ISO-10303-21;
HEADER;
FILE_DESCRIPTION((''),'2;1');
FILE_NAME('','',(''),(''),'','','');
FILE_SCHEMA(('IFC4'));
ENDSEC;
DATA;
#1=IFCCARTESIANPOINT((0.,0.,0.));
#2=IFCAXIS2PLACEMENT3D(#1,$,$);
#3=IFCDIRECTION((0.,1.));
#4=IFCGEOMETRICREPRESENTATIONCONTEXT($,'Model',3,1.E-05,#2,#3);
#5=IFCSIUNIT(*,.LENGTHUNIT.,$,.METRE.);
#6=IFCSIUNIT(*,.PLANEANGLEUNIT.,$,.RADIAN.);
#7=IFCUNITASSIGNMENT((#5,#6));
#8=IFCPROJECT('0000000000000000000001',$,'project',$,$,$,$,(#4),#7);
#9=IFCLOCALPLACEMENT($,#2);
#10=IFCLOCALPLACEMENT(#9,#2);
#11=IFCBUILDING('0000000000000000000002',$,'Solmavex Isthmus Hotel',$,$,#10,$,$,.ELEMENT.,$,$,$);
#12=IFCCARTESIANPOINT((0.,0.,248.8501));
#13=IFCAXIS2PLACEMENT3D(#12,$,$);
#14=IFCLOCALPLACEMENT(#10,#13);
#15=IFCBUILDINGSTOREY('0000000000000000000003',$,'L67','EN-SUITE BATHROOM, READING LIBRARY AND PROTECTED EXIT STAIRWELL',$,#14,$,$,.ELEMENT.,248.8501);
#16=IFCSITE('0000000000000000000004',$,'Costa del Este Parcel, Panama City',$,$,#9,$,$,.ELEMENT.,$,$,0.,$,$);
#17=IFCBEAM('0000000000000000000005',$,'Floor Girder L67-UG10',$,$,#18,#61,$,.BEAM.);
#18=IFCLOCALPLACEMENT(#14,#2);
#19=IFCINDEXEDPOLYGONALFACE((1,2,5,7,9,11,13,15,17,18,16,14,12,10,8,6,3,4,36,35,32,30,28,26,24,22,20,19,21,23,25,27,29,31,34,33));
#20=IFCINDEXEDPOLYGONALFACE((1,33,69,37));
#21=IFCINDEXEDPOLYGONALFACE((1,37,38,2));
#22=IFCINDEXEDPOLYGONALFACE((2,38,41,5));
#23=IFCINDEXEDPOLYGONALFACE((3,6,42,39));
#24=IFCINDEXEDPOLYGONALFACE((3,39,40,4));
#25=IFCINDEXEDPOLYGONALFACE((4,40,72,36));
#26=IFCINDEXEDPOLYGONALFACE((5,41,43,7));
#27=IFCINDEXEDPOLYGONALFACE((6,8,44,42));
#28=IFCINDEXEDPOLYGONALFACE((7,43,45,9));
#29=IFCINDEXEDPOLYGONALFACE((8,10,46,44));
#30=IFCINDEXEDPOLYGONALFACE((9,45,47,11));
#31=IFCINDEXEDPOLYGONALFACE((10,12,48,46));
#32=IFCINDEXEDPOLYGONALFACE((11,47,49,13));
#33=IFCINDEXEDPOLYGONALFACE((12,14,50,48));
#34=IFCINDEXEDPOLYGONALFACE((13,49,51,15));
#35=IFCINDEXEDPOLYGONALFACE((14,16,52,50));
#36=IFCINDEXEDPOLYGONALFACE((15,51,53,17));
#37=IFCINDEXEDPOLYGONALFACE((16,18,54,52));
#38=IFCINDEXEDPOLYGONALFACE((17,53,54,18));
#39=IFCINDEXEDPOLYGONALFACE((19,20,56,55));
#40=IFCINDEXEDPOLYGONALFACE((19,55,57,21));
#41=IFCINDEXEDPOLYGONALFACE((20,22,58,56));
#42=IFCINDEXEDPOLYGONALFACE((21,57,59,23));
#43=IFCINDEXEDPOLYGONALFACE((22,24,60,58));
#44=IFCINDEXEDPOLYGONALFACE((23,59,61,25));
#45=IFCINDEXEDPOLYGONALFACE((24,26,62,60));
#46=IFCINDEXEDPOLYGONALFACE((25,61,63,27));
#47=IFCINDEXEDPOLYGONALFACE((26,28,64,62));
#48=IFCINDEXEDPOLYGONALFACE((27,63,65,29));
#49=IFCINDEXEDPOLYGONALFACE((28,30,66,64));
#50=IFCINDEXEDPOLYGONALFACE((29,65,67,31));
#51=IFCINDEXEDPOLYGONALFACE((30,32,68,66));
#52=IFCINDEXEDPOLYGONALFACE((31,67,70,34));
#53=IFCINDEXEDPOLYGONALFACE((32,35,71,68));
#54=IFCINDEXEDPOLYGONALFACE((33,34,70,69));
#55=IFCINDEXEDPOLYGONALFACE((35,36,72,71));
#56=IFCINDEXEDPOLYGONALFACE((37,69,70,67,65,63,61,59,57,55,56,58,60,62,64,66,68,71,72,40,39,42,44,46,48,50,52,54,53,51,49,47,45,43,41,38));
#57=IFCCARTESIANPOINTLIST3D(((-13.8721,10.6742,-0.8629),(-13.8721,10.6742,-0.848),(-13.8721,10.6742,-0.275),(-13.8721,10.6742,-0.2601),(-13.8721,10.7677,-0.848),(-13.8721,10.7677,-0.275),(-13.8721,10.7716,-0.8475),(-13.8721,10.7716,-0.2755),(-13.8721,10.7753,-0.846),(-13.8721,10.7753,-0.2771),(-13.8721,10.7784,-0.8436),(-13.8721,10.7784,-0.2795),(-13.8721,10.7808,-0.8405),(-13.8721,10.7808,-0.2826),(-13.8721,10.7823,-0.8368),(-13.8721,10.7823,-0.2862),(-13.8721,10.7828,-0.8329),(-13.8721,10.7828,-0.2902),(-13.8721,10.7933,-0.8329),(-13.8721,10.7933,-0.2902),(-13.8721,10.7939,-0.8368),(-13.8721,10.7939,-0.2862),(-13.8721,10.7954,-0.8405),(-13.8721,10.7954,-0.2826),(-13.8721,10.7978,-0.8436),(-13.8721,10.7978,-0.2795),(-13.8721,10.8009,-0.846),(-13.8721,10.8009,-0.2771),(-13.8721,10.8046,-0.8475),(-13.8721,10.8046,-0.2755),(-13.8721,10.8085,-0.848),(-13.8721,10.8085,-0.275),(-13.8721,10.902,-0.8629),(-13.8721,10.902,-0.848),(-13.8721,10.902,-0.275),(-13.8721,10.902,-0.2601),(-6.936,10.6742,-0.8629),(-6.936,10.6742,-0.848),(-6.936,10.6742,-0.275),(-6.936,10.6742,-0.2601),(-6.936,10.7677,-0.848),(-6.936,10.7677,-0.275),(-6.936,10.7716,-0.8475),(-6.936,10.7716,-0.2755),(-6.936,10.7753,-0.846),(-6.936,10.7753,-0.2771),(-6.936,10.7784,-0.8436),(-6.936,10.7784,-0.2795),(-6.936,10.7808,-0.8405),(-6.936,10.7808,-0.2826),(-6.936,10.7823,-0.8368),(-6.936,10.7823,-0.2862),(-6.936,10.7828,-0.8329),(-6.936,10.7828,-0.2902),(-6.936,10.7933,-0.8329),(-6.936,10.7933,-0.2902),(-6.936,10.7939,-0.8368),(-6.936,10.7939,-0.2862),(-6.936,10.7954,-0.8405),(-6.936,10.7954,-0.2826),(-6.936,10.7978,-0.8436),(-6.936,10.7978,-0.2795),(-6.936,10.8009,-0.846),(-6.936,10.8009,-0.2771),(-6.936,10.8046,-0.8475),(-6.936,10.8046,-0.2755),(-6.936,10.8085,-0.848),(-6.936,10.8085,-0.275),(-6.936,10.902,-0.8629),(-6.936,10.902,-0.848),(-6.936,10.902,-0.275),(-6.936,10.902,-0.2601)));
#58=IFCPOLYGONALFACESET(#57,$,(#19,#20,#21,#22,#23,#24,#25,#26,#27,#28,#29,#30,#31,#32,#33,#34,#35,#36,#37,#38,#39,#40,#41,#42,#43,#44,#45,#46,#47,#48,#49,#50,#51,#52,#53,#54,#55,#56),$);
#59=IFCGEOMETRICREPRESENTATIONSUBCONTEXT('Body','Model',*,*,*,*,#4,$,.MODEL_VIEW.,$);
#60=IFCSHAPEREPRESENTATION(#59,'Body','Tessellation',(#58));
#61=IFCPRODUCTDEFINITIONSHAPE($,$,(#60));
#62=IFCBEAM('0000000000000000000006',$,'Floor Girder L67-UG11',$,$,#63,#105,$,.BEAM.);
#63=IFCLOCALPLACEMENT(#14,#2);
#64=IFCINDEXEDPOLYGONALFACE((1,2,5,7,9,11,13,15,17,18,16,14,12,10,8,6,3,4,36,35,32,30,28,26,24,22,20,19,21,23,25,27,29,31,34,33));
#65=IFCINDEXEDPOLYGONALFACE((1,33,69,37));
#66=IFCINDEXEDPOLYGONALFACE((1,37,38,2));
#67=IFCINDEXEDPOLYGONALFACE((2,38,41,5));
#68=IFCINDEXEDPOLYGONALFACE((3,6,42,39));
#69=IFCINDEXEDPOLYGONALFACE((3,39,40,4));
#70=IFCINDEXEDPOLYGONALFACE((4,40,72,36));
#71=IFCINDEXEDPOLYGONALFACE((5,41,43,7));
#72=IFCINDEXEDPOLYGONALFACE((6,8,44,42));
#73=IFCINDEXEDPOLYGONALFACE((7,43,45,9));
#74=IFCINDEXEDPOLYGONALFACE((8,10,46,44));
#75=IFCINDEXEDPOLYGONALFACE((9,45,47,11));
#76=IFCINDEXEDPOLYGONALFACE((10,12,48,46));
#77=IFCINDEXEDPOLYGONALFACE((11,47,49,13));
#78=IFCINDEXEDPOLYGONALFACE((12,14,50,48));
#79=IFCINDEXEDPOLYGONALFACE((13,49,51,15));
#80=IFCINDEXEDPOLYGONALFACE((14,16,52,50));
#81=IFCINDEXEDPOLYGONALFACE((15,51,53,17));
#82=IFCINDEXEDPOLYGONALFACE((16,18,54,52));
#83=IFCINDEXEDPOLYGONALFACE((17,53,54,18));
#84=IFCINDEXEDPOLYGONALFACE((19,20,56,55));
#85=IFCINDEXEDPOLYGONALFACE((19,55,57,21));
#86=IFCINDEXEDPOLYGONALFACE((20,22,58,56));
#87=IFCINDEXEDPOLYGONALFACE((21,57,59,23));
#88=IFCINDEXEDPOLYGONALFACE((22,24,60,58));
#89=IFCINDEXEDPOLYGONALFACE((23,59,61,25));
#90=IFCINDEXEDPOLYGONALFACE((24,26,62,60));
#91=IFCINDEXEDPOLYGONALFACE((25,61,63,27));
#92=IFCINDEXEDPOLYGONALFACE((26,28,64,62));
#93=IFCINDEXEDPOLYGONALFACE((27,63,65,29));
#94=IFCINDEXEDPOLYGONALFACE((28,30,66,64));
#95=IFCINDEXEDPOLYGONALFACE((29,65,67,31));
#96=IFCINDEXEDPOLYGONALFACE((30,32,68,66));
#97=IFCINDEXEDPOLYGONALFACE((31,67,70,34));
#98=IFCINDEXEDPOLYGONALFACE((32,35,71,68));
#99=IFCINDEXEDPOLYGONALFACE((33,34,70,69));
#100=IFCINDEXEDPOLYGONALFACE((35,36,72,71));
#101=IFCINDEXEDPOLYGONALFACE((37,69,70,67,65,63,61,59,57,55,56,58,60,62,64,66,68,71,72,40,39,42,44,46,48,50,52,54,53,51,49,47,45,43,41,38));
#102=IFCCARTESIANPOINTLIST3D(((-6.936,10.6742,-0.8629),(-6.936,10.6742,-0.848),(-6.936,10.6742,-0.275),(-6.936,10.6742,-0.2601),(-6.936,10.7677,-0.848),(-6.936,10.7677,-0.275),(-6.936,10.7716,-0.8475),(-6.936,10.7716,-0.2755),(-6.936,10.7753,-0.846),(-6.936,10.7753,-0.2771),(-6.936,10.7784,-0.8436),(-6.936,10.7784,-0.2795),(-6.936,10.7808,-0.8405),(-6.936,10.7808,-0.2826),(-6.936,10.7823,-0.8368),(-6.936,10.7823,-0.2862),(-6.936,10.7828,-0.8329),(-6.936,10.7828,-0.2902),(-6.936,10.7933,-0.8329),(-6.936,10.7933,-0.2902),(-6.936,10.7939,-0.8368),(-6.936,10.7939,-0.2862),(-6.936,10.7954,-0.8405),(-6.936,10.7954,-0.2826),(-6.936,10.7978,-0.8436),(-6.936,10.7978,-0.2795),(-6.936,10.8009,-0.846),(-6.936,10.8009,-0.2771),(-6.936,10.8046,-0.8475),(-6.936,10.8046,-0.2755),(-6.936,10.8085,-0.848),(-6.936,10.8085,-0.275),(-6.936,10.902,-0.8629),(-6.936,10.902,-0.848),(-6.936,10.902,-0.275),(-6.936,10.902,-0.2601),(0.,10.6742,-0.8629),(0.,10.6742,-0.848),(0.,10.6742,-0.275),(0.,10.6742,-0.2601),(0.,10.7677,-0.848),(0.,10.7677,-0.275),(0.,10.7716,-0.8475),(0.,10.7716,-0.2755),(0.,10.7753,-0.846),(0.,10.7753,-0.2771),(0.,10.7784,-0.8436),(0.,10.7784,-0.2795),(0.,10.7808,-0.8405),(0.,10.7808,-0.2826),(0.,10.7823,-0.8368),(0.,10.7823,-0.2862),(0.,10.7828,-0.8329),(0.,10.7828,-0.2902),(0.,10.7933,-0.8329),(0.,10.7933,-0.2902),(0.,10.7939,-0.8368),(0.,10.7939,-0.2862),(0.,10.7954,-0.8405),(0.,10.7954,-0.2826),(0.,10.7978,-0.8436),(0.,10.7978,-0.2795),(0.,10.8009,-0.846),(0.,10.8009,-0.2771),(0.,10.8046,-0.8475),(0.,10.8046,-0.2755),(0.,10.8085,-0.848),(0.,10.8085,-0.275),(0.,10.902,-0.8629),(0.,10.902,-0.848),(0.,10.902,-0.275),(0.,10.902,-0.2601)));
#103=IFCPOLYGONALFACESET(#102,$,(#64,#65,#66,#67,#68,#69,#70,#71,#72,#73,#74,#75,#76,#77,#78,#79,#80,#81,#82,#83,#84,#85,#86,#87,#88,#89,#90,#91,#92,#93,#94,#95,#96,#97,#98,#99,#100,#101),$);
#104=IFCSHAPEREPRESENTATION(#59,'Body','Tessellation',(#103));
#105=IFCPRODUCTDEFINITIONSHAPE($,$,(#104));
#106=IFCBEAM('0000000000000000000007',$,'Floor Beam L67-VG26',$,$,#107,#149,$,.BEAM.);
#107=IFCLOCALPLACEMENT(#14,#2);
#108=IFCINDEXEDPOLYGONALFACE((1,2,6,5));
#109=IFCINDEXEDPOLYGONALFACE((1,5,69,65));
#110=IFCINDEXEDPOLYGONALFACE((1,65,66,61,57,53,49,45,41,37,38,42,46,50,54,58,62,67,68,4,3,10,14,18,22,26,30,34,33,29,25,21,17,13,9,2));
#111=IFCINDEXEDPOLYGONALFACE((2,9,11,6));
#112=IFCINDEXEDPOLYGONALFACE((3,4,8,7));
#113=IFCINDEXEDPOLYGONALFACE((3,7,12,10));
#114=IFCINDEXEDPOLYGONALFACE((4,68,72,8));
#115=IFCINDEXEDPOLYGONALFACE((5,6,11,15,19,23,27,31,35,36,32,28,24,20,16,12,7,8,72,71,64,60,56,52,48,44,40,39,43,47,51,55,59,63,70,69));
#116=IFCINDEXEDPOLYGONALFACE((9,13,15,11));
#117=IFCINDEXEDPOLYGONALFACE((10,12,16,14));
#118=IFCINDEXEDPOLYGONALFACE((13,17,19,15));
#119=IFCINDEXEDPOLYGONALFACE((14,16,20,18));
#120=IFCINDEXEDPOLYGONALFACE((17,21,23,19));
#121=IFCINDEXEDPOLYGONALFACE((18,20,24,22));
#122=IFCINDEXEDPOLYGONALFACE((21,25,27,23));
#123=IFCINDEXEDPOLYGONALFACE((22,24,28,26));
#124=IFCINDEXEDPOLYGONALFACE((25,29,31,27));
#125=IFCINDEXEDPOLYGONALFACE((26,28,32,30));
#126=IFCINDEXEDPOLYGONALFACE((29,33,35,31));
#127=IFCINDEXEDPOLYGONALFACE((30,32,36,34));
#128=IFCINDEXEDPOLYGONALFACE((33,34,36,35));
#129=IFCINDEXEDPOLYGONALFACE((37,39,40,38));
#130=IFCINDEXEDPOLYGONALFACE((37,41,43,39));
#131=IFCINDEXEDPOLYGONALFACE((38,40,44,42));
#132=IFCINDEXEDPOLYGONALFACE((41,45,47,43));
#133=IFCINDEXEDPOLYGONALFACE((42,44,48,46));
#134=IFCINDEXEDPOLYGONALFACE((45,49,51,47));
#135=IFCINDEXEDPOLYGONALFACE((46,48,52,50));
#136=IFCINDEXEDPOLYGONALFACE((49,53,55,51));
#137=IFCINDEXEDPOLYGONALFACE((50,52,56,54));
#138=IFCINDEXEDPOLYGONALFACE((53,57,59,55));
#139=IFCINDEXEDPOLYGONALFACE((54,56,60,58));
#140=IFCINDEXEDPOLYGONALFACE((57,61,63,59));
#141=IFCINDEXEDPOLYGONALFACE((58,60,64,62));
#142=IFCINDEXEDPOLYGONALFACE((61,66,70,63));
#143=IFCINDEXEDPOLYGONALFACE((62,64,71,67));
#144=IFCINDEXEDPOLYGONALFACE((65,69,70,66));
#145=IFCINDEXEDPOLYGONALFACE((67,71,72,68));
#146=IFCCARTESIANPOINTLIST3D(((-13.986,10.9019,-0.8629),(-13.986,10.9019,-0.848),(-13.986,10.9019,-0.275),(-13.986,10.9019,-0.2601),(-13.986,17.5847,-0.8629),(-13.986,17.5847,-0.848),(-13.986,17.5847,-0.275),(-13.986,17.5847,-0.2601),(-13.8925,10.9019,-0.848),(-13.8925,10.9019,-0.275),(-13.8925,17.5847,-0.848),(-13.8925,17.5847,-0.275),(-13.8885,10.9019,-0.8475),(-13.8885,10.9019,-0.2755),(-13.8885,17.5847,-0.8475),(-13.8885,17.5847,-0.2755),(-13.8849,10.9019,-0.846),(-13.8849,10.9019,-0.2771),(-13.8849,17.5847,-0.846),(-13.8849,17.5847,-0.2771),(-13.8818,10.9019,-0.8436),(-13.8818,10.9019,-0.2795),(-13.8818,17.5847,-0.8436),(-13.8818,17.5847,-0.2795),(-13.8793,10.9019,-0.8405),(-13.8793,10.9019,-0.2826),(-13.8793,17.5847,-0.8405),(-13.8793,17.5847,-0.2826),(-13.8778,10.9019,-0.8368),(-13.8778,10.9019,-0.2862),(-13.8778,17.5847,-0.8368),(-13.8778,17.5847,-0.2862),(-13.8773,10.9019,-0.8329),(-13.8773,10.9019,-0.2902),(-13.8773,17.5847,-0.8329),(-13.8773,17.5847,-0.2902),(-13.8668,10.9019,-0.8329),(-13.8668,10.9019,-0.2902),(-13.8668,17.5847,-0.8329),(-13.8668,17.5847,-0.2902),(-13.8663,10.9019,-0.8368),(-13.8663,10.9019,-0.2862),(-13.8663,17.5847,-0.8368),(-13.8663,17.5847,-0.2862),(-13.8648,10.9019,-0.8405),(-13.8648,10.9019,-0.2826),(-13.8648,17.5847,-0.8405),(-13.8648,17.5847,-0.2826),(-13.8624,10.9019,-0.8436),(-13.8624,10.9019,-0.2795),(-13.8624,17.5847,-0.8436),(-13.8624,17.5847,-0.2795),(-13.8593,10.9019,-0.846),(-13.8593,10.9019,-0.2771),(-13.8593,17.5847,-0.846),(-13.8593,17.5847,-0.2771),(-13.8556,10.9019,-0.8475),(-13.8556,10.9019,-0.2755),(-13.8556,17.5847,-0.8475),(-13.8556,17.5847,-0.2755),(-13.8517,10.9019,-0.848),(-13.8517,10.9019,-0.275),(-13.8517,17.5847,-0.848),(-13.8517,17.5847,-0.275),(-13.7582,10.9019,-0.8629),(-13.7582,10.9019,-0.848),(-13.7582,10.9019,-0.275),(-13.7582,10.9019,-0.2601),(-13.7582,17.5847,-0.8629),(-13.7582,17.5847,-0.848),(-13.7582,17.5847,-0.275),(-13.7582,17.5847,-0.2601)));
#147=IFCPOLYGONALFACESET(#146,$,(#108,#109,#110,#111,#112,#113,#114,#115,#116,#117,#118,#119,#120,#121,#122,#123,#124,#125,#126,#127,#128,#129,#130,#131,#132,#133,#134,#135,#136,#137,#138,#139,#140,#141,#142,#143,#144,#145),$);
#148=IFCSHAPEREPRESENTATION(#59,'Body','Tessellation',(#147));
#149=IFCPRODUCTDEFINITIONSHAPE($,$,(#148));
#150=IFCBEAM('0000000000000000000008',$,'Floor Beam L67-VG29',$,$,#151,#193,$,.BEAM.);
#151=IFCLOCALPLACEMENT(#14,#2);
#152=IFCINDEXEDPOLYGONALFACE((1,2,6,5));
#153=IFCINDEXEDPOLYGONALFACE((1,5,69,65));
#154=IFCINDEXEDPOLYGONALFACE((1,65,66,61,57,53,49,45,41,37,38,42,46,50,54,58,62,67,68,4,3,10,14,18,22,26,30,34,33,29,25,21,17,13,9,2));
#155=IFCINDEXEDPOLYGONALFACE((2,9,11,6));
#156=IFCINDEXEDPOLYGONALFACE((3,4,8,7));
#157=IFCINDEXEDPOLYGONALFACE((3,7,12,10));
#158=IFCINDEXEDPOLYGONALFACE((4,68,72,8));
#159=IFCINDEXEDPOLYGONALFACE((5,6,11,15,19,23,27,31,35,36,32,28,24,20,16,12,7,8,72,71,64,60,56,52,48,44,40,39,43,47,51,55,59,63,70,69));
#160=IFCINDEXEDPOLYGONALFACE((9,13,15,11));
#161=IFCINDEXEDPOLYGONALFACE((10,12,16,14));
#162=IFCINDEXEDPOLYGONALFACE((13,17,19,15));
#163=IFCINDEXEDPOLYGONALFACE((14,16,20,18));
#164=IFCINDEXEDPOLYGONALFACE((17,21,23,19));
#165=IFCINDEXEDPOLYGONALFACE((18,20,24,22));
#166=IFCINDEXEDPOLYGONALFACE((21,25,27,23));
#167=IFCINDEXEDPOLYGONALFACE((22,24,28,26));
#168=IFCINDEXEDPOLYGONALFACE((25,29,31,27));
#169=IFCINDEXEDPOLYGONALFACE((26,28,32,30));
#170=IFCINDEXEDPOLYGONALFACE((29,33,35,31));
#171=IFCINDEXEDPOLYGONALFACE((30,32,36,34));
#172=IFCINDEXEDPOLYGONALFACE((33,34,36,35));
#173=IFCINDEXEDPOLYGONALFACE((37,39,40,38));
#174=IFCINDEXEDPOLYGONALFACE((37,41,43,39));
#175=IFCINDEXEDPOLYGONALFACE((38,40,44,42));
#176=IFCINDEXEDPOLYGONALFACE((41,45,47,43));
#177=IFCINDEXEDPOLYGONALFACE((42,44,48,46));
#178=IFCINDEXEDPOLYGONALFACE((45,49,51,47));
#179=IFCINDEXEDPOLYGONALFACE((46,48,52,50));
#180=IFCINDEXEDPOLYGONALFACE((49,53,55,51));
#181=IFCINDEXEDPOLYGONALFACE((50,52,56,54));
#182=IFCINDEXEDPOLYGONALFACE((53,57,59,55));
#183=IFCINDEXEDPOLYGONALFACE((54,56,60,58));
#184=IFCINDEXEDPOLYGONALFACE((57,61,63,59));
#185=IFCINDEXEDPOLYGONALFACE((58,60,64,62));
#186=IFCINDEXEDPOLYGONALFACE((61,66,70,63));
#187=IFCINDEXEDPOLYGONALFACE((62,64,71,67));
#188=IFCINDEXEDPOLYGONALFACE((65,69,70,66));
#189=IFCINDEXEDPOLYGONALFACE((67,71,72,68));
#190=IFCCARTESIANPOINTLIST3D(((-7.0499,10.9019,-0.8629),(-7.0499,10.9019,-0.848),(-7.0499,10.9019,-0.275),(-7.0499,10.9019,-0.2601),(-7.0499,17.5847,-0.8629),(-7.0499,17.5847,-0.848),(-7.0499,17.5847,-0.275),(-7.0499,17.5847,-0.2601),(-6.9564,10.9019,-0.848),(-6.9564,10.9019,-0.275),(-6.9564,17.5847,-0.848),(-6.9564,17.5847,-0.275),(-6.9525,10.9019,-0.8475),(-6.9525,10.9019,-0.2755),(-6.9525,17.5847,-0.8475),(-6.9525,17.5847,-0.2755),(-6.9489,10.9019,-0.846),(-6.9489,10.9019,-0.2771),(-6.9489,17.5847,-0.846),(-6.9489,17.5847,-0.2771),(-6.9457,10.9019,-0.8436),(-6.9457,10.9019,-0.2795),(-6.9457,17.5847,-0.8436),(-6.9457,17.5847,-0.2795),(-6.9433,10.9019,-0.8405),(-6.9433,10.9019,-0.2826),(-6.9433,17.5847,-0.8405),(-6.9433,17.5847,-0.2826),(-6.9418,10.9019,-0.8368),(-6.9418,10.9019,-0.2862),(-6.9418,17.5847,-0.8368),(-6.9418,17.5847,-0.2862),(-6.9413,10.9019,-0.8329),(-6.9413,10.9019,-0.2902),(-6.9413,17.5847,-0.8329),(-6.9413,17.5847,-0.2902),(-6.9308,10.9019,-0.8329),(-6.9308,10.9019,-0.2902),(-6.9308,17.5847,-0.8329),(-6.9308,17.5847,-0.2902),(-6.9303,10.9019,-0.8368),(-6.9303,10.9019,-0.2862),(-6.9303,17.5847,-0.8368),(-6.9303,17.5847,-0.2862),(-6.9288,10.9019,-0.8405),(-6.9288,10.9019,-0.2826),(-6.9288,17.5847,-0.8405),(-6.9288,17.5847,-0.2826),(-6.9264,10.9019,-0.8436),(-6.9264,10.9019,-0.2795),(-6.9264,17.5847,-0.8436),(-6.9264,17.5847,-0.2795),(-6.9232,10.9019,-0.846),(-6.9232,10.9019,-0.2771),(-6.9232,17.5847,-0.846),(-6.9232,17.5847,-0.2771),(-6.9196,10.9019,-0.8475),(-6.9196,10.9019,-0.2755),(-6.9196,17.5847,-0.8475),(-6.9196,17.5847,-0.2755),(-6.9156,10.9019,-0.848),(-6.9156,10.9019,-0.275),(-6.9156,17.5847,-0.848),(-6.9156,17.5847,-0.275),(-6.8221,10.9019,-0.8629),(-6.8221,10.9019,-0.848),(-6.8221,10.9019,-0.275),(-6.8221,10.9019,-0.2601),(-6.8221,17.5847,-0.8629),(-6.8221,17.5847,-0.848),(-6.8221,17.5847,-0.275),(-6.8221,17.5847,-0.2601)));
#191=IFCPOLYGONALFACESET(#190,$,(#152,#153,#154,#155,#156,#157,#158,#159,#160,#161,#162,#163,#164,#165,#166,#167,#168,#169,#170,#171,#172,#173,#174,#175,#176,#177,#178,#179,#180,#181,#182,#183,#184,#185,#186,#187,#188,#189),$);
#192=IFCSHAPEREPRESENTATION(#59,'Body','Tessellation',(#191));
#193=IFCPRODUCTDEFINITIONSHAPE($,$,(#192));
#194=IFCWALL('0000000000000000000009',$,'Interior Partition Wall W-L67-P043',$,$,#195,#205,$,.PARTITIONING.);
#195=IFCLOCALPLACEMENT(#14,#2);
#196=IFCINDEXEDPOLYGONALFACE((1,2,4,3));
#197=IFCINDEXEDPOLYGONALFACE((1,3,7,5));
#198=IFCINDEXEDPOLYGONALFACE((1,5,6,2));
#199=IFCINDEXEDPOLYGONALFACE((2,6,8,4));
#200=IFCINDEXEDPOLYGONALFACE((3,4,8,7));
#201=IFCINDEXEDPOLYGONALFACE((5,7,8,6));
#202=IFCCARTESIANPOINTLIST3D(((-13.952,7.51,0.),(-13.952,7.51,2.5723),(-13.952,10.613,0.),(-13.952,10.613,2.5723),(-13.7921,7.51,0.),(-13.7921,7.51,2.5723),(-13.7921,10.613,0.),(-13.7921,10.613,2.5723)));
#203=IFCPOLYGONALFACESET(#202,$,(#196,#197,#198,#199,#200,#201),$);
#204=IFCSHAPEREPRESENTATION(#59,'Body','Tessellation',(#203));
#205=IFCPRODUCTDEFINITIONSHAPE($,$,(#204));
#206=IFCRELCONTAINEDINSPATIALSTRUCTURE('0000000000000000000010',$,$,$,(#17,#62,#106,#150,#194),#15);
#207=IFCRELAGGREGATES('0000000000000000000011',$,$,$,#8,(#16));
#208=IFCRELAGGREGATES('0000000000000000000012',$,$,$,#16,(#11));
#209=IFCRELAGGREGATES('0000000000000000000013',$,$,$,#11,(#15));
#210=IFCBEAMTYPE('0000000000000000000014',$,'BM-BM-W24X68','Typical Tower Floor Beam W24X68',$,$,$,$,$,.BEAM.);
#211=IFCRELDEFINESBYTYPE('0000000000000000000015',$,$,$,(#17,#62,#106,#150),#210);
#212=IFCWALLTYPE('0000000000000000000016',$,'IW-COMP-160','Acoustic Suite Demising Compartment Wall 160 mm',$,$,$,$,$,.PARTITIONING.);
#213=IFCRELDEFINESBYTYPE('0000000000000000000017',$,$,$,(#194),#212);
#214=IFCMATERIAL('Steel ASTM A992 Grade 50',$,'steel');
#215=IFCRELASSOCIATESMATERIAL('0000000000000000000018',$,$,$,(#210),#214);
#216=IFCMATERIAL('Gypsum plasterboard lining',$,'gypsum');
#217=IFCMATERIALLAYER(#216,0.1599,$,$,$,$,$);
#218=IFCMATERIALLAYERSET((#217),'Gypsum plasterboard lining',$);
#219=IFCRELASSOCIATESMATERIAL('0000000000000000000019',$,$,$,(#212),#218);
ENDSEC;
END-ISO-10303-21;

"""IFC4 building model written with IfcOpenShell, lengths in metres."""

from ifc_helpers import new_model, si_unit, direction, frame, frame_2d, origin, origin_2d, place, context, subcontext, project, spatial, rectangle, i_section, extrude, material, layer, layer_set, material_profile, profile_set, type_object, element, save


model = new_model("IFC4")

# Units and contexts
model_context = context("Model", 3, precision=1e-05, world=origin(), true_north=direction((0.0, 1.0)))
body_context = subcontext(model_context, "Body", "Model", "MODEL_VIEW")
ifc_project = project(units=[si_unit("LENGTHUNIT", "METRE"), si_unit("PLANEANGLEUNIT", "RADIAN")], contexts=[model_context])

# Site, building, storey
site_placement = place(None, origin())
site = spatial("IfcSite", under=ifc_project, at=site_placement, Name="Costa del Este Parcel, Panama City", CompositionType="ELEMENT", RefElevation=0.0)
building_placement = place(site_placement, origin())
building = spatial("IfcBuilding", under=site, at=building_placement, Name="Solmavex Isthmus Hotel", CompositionType="ELEMENT")
storey_placement = place(building_placement, frame((0.0, 0.0, 248.8501)))
storey = spatial("IfcBuildingStorey", under=building, at=storey_placement, Name="L67", Description="EN-SUITE BATHROOM, READING LIBRARY AND PROTECTED EXIT STAIRWELL", CompositionType="ELEMENT", Elevation=248.8501)

# Beams
ifc_material_1 = material(Name="Steel ASTM A992 Grade 50", Category="steel")
ifc_material_profile_1 = material_profile(ifc_material_1, i_section(OverallWidth=0.2278, OverallDepth=0.6028, WebThickness=0.0105, FlangeThickness=0.0149, FilletRadius=0.0151, at=origin_2d()), Name="W24X68")
ifc_profile_set_1 = profile_set([ifc_material_profile_1], Name="Steel ASTM A992 Grade 50")
beam_type_1 = type_object("IfcBeamType", Name="BM-BM-W24X68", Description="Typical Tower Floor Beam W24X68", PredefinedType="BEAM", material=ifc_profile_set_1)
for number, where, z_axis, x_axis, name in (
    (1, (-13.8721, 10.7881, -0.5615), (1.0, 0.0, 0.0), (0.0, 1.0, 0.0), "Floor Girder L67-UG10"),
    (2, (-6.936, 10.7881, -0.5615), (1.0, 0.0, 0.0), (0.0, 1.0, 0.0), "Floor Girder L67-UG11"),
):
    element("IfcBeam", number, at=place(storey_placement, frame(where, z_axis=z_axis, x_axis=x_axis)), inside=storey, type_object=beam_type_1, Name=name, PredefinedType="BEAM", context=body_context, shape_type="SweptSolid", body=[
        extrude(i_section(OverallWidth=0.2278, OverallDepth=0.6028, WebThickness=0.0105, FlangeThickness=0.0149, FilletRadius=0.0151, at=origin_2d()), origin(), (0.0, 0.0, 1.0), 6.936),
    ])
for number, where, z_axis, x_axis, name in (
    (3, (-13.8721, 10.9019, -0.5615), (0.0, 1.0, 0.0), (-1.0, 0.0, 0.0), "Floor Beam L67-VG26"),
    (4, (-6.936, 10.9019, -0.5615), (0.0, 1.0, 0.0), (-1.0, 0.0, 0.0), "Floor Beam L67-VG29"),
):
    element("IfcBeam", number, at=place(storey_placement, frame(where, z_axis=z_axis, x_axis=x_axis)), inside=storey, type_object=beam_type_1, Name=name, PredefinedType="BEAM", context=body_context, shape_type="SweptSolid", body=[
        extrude(i_section(OverallWidth=0.2278, OverallDepth=0.6028, WebThickness=0.0105, FlangeThickness=0.0149, FilletRadius=0.0151, at=origin_2d()), origin(), (0.0, 0.0, 1.0), 6.6829),
    ])

# Wall
ifc_material_2 = material(Name="Gypsum plasterboard lining", Category="gypsum")
ifc_layer_1 = layer(ifc_material_2, 0.1599)
ifc_layer_set_1 = layer_set([ifc_layer_1], Name="Gypsum plasterboard lining")
wall_type_1 = type_object("IfcWallType", Name="IW-COMP-160", Description="Acoustic Suite Demising Compartment Wall 160 mm", PredefinedType="PARTITIONING", material=ifc_layer_set_1)
wall_1_placement = place(storey_placement, frame((-13.8721, 10.613, 0.0), z_axis=(0.0, 0.0, 1.0), x_axis=(0.0, -1.0, 0.0)))
element("IfcWall", 5, at=wall_1_placement, inside=storey, type_object=wall_type_1, Name="Interior Partition Wall W-L67-P043", PredefinedType="PARTITIONING", context=body_context, shape_type="SweptSolid", body=[
    extrude(rectangle(XDim=3.103, YDim=0.1599, at=frame_2d((1.5515, 0.0))), origin(), (0.0, 0.0, 1.0), 2.5723),
])

save(model, "model.ifc")
